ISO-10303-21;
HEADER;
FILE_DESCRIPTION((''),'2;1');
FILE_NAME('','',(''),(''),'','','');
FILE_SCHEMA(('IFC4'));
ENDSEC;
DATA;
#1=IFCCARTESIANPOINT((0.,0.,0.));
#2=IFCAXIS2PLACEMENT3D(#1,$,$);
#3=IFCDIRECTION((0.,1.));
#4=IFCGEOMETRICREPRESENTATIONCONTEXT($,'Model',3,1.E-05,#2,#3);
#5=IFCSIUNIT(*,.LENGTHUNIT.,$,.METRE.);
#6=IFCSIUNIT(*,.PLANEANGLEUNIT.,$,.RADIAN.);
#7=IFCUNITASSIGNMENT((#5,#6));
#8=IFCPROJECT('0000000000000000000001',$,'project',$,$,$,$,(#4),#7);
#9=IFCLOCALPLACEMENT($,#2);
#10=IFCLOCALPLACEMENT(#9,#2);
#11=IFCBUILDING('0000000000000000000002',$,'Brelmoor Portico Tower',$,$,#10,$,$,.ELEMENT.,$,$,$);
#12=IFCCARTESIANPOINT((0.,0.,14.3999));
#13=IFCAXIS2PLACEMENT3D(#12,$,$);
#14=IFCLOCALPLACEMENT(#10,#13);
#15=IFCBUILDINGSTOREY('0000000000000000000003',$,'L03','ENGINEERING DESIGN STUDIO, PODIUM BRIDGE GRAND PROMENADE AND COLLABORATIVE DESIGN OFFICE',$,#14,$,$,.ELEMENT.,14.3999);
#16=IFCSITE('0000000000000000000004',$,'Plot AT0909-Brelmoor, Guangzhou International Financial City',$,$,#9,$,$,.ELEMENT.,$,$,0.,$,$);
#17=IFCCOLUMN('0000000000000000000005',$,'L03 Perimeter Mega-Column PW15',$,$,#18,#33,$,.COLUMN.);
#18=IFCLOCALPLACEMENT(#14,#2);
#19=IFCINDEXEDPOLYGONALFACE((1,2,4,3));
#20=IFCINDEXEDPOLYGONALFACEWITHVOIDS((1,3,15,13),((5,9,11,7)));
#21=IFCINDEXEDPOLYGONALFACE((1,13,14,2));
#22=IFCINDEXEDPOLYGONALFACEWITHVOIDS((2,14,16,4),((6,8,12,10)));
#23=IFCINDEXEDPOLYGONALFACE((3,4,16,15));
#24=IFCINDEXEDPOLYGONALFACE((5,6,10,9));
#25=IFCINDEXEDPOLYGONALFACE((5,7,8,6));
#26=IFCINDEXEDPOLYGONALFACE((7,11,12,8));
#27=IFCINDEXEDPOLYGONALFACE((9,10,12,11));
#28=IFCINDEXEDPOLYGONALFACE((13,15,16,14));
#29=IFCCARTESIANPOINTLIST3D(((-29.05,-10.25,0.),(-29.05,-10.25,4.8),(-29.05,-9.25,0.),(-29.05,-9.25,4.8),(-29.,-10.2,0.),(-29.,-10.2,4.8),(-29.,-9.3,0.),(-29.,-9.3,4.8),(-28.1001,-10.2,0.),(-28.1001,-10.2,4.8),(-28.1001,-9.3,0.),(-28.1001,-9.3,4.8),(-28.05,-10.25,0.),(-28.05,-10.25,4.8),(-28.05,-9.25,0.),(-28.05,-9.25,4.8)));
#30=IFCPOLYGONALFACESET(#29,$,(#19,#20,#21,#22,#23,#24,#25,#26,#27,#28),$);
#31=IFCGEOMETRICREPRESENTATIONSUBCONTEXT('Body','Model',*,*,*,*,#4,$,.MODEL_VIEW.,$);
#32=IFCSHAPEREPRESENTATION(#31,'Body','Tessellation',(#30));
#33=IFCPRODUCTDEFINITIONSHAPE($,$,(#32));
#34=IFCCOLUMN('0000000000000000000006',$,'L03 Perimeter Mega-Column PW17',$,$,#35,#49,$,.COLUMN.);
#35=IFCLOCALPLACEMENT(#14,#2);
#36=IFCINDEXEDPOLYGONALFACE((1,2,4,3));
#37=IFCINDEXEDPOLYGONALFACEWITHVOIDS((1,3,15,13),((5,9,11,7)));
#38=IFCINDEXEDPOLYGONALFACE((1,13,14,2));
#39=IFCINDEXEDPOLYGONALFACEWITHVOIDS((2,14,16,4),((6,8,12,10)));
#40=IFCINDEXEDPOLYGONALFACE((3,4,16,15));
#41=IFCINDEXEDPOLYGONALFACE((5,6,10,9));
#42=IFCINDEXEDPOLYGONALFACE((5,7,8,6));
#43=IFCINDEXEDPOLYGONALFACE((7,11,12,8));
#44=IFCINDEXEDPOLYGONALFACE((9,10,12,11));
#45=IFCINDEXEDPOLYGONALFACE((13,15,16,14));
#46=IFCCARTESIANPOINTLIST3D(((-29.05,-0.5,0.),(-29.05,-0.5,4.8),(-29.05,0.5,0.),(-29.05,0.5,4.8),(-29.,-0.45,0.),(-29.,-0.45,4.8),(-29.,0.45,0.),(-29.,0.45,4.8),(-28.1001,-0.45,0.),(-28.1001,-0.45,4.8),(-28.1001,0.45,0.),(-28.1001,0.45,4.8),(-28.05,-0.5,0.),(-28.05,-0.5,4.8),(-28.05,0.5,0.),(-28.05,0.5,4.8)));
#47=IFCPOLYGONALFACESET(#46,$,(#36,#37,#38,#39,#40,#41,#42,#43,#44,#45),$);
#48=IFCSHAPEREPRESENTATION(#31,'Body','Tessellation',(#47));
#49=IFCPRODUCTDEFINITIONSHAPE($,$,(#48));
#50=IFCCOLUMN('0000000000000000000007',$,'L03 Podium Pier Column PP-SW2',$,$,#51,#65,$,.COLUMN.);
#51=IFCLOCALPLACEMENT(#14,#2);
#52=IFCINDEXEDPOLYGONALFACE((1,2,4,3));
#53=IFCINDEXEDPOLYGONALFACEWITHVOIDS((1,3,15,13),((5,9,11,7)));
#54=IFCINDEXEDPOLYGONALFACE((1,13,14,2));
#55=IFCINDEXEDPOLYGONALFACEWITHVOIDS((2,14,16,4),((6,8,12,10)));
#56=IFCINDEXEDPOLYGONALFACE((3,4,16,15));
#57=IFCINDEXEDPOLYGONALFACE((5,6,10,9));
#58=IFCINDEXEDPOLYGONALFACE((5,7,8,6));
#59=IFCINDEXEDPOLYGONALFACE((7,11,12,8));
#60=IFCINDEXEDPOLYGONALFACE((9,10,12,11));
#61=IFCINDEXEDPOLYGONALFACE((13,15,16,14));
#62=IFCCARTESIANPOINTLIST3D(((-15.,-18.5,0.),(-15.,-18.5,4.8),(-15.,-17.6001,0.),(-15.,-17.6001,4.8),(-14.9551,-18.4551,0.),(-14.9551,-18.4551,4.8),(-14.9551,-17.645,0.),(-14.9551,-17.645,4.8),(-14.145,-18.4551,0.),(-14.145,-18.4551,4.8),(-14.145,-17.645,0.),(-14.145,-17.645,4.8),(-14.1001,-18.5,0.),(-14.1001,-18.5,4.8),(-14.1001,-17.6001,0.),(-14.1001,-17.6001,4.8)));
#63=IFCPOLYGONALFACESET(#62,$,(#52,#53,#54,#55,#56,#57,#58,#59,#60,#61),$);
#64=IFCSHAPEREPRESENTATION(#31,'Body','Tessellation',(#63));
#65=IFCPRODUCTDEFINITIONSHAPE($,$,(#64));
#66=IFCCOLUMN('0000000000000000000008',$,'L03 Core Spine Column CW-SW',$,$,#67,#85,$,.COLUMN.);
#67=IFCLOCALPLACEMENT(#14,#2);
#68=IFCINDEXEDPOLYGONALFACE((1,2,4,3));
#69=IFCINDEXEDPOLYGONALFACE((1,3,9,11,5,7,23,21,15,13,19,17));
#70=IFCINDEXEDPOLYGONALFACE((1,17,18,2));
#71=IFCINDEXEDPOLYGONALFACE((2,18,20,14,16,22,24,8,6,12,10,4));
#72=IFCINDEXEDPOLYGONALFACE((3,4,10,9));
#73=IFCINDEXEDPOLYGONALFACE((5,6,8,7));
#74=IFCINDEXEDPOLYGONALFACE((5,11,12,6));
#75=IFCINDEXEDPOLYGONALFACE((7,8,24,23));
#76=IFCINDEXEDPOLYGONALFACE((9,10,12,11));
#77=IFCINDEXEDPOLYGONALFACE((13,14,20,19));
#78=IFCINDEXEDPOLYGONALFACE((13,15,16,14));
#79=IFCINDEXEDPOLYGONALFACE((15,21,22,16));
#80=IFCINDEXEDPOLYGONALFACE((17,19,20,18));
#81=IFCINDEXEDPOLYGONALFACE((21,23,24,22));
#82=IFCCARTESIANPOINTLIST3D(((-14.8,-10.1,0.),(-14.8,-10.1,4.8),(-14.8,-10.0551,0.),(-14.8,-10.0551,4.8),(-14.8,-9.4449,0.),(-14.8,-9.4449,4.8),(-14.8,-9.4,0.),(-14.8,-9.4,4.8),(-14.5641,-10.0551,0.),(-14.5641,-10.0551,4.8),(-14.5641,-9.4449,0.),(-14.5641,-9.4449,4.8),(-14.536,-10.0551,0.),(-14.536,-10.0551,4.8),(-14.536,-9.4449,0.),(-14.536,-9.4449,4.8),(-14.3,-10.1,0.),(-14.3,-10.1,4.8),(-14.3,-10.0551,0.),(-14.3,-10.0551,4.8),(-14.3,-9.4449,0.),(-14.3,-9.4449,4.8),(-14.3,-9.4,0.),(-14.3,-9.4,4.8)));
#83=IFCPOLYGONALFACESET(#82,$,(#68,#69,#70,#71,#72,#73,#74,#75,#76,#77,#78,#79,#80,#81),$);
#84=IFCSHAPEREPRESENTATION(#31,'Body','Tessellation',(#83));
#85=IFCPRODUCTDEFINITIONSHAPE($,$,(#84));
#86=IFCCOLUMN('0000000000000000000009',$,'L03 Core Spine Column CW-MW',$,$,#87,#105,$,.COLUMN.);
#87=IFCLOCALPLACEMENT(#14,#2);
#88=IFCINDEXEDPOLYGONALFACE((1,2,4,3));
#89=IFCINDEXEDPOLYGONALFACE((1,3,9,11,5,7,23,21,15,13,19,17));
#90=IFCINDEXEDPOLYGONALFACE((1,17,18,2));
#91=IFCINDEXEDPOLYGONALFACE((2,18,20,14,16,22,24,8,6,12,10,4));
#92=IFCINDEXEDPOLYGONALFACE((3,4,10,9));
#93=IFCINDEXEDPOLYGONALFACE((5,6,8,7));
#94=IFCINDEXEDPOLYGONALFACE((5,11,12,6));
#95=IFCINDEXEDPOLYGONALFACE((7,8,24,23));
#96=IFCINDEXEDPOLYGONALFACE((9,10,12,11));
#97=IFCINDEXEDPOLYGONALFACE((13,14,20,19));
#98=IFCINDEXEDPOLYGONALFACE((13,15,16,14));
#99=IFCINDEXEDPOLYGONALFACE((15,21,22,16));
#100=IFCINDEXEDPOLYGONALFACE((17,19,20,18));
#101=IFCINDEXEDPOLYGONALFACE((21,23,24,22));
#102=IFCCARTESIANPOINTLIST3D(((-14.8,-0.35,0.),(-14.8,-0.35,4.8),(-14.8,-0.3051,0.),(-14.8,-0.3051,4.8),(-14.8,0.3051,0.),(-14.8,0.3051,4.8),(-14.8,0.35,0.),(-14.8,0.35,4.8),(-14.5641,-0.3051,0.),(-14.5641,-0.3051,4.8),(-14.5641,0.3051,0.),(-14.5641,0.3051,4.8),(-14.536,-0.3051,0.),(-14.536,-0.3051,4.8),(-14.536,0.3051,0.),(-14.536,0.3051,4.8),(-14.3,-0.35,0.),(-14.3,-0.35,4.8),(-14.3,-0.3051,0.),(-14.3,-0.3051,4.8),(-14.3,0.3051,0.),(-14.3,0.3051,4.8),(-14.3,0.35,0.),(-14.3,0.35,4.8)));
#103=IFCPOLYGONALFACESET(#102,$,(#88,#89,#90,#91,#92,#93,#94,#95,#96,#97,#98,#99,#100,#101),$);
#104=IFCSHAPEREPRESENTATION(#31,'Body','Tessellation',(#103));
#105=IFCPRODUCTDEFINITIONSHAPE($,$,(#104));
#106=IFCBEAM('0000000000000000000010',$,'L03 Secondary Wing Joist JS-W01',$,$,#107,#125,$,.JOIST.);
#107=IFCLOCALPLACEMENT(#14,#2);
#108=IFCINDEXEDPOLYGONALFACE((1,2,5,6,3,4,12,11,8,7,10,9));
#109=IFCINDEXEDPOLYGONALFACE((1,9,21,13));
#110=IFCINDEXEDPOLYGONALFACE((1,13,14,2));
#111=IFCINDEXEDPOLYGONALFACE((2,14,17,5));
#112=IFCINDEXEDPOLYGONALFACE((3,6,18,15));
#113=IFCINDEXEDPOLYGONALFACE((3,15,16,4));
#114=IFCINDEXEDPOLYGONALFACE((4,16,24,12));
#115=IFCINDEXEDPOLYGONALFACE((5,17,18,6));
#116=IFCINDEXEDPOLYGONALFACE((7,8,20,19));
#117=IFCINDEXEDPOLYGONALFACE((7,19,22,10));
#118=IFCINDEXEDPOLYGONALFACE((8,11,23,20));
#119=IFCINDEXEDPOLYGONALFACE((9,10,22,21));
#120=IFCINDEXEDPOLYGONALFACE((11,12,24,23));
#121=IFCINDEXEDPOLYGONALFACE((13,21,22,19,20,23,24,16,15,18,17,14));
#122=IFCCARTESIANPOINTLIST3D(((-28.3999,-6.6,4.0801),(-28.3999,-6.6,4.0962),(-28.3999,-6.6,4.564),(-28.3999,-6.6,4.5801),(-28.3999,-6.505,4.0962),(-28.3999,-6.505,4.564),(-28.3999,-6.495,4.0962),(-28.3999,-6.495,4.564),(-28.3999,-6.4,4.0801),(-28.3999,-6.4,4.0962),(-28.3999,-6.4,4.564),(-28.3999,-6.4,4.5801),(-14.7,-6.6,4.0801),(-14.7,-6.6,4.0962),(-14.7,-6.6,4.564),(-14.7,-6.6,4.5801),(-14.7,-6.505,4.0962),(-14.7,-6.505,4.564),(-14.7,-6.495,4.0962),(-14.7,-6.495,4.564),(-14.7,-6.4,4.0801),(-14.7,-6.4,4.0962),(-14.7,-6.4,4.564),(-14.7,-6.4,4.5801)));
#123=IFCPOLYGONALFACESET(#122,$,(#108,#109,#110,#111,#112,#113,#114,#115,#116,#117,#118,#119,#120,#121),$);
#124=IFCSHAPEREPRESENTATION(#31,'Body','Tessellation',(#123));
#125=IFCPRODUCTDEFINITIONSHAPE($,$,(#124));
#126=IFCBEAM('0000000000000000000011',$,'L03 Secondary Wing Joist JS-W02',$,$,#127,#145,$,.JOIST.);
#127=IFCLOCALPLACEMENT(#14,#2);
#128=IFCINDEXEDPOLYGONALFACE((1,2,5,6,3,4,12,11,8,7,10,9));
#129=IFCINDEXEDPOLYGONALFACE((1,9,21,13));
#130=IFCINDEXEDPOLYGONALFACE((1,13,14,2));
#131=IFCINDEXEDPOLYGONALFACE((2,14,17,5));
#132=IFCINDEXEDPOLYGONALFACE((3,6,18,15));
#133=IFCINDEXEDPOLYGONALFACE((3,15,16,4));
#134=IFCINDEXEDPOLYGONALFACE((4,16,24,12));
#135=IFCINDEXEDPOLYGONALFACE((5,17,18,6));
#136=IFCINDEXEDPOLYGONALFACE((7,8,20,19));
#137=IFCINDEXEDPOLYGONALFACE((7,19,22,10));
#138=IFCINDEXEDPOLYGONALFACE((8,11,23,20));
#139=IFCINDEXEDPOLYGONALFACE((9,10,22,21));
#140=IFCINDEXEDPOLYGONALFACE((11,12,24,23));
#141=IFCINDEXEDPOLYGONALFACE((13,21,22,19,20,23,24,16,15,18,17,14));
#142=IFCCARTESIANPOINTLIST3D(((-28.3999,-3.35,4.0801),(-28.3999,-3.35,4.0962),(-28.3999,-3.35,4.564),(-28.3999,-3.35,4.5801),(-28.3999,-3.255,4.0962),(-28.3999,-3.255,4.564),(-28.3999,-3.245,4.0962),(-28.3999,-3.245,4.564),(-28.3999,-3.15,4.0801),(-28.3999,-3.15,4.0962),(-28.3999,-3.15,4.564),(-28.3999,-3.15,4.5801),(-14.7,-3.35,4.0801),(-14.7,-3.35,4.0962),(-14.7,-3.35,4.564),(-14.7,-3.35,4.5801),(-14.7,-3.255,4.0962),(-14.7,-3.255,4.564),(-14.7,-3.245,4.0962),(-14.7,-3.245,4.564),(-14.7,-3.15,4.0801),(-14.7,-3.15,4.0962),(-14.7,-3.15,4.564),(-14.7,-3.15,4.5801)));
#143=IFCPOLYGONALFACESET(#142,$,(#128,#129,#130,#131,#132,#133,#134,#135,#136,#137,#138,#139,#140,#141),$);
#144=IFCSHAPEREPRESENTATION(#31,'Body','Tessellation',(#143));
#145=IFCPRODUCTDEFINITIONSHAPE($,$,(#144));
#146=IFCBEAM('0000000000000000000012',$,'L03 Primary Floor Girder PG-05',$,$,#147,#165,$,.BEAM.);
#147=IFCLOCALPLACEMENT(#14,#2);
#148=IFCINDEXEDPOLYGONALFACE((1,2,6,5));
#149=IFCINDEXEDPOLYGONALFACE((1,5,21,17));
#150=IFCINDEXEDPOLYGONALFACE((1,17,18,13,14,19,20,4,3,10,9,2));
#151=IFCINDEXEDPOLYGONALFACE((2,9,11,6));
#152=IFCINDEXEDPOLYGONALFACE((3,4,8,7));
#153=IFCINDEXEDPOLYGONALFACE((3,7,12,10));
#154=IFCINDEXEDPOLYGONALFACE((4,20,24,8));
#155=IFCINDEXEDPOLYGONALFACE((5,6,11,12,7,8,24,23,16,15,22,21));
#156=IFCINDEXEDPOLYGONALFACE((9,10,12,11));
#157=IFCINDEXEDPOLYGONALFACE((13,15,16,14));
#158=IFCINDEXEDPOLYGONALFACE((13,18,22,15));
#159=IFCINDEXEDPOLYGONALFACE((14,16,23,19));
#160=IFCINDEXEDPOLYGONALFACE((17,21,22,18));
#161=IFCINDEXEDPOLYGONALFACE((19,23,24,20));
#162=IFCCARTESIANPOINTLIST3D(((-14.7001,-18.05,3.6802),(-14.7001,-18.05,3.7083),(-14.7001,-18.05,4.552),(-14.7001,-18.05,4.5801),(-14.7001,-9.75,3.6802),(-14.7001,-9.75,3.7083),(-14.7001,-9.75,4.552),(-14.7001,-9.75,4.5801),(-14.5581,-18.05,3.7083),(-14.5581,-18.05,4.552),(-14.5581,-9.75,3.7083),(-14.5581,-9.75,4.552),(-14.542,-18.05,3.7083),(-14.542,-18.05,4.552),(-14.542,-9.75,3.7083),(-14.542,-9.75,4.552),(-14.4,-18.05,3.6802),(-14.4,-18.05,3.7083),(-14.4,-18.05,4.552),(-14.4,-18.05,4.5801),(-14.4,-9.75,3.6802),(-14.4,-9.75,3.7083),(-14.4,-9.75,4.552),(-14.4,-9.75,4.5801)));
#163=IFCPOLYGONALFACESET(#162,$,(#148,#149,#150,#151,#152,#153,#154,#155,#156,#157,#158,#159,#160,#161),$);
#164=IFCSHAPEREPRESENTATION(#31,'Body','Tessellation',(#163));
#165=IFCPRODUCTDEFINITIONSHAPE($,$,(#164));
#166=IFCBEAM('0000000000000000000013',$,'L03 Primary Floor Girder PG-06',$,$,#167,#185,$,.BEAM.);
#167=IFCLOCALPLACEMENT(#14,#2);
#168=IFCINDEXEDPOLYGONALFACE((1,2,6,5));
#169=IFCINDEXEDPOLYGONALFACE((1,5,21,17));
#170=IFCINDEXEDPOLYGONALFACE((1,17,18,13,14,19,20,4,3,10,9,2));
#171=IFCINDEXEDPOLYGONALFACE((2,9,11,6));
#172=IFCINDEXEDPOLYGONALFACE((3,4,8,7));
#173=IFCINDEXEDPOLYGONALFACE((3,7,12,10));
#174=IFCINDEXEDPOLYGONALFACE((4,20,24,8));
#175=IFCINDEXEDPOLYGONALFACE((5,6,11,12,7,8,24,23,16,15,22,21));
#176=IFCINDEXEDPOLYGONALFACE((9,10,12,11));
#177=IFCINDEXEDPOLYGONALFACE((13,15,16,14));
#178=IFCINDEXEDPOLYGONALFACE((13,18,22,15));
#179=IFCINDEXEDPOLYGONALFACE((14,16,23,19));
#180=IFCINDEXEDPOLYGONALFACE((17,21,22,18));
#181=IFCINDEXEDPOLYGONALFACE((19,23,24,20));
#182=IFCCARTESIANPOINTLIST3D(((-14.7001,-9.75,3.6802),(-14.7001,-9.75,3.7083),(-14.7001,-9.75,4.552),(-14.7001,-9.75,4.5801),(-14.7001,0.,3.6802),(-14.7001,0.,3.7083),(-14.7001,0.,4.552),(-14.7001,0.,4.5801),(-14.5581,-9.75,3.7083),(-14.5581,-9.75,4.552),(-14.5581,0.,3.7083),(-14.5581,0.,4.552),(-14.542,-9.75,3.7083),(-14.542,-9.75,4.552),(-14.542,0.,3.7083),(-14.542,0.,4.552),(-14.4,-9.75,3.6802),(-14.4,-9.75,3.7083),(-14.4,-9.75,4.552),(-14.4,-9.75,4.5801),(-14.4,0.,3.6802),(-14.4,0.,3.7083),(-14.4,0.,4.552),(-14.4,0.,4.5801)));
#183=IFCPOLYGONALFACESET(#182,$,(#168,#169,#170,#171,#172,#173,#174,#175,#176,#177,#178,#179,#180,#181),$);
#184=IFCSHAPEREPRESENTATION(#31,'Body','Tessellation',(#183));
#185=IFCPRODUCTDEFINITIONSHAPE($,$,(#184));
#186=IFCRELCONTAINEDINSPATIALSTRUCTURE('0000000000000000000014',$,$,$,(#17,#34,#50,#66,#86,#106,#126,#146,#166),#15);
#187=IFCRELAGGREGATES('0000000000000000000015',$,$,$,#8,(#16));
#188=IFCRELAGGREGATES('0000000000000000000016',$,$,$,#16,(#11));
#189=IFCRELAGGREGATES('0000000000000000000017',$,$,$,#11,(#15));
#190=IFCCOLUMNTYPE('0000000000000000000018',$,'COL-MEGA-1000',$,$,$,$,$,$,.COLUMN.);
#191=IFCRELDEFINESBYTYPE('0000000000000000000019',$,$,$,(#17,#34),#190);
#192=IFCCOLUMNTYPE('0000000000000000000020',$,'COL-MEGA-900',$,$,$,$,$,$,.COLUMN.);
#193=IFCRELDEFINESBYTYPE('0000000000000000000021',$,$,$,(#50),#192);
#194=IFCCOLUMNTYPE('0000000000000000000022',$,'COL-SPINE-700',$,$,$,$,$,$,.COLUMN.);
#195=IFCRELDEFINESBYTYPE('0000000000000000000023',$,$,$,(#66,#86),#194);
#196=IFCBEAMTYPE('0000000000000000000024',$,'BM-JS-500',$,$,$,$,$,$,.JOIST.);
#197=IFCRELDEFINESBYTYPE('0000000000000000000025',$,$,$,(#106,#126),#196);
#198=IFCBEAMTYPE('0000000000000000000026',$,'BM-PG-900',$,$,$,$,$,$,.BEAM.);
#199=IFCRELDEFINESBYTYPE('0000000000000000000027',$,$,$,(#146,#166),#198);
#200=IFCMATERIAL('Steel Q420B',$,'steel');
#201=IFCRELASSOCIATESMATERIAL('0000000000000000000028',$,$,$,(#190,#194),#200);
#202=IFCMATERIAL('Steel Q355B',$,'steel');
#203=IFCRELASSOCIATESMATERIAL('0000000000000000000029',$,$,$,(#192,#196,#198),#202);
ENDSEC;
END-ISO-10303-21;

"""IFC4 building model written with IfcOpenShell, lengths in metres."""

from ifc_helpers import new_model, si_unit, direction, frame, origin, origin_2d, place, context, subcontext, project, spatial, hollow_rectangle, i_section, extrude, material, material_profile, profile_set, type_object, element, save


model = new_model("IFC4")

# Units and contexts
model_context = context("Model", 3, precision=1e-05, world=origin(), true_north=direction((0.0, 1.0)))
body_context = subcontext(model_context, "Body", "Model", "MODEL_VIEW")
ifc_project = project(units=[si_unit("LENGTHUNIT", "METRE"), si_unit("PLANEANGLEUNIT", "RADIAN")], contexts=[model_context])

# Site, building, storey
site_placement = place(None, origin())
site = spatial("IfcSite", under=ifc_project, at=site_placement, Name="Plot AT0909-Brelmoor, Guangzhou International Financial City", CompositionType="ELEMENT", RefElevation=0.0)
building_placement = place(site_placement, origin())
building = spatial("IfcBuilding", under=site, at=building_placement, Name="Brelmoor Portico Tower", CompositionType="ELEMENT")
storey_placement = place(building_placement, frame((0.0, 0.0, 14.3999)))
storey = spatial("IfcBuildingStorey", under=building, at=storey_placement, Name="L03", Description="ENGINEERING DESIGN STUDIO, PODIUM BRIDGE GRAND PROMENADE AND COLLABORATIVE DESIGN OFFICE", CompositionType="ELEMENT", Elevation=14.3999)

# Columns
ifc_material_1 = material(Name="Steel Q420B", Category="steel")
ifc_material_profile_1 = material_profile(ifc_material_1, hollow_rectangle(XDim=1.0, YDim=1.0, WallThickness=0.05, at=origin_2d()), Name="BOX 1000x1000x50")
ifc_profile_set_1 = profile_set([ifc_material_profile_1], Name="Steel Q420B")
column_type_1 = type_object("IfcColumnType", Name="COL-MEGA-1000", PredefinedType="COLUMN", material=ifc_profile_set_1)
for number, where, z_axis, x_axis, name in (
    (1, (-28.55, -9.75, 0.0), (0.0, 0.0, 1.0), (0.0, 1.0, 0.0), "L03 Perimeter Mega-Column PW15"),
    (2, (-28.55, 0.0, 0.0), (0.0, 0.0, 1.0), (0.0, 1.0, 0.0), "L03 Perimeter Mega-Column PW17"),
):
    element("IfcColumn", number, at=place(storey_placement, frame(where, z_axis=z_axis, x_axis=x_axis)), inside=storey, type_object=column_type_1, Name=name, PredefinedType="COLUMN", context=body_context, shape_type="SweptSolid", body=[
        extrude(hollow_rectangle(XDim=1.0, YDim=1.0, WallThickness=0.05, at=origin_2d()), origin(), (0.0, 0.0, 1.0), 4.8),
    ])
ifc_material_2 = material(Name="Steel Q355B", Category="steel")
ifc_material_profile_2 = material_profile(ifc_material_2, hollow_rectangle(XDim=0.8999, YDim=0.8999, WallThickness=0.0449, at=origin_2d()), Name="BOX 900x900x45")
ifc_profile_set_2 = profile_set([ifc_material_profile_2], Name="Steel Q355B")
column_type_2 = type_object("IfcColumnType", Name="COL-MEGA-900", PredefinedType="COLUMN", material=ifc_profile_set_2)
column_placement = place(storey_placement, frame((-14.55, -18.05, 0.0), z_axis=(0.0, 0.0, 1.0), x_axis=(1.0, 0.0, 0.0)))
element("IfcColumn", 3, at=column_placement, inside=storey, type_object=column_type_2, Name="L03 Podium Pier Column PP-SW2", PredefinedType="COLUMN", context=body_context, shape_type="SweptSolid", body=[
    extrude(hollow_rectangle(XDim=0.8999, YDim=0.8999, WallThickness=0.0449, at=origin_2d()), origin(), (0.0, 0.0, 1.0), 4.8),
])
ifc_material_profile_3 = material_profile(ifc_material_1, i_section(OverallWidth=0.5, OverallDepth=0.7, WebThickness=0.0281, FlangeThickness=0.0449, at=origin_2d()), Name="HW 700x500x28x45")
ifc_profile_set_3 = profile_set([ifc_material_profile_3], Name="Steel Q420B")
column_type_3 = type_object("IfcColumnType", Name="COL-SPINE-700", PredefinedType="COLUMN", material=ifc_profile_set_3)
for number, where, z_axis, x_axis, name in (
    (4, (-14.55, -9.75, 0.0), (0.0, 0.0, 1.0), (1.0, 0.0, 0.0), "L03 Core Spine Column CW-SW"),
    (5, (-14.55, 0.0, 0.0), (0.0, 0.0, 1.0), (1.0, 0.0, 0.0), "L03 Core Spine Column CW-MW"),
):
    element("IfcColumn", number, at=place(storey_placement, frame(where, z_axis=z_axis, x_axis=x_axis)), inside=storey, type_object=column_type_3, Name=name, PredefinedType="COLUMN", context=body_context, shape_type="SweptSolid", body=[
        extrude(i_section(OverallWidth=0.5, OverallDepth=0.7, WebThickness=0.0281, FlangeThickness=0.0449, at=origin_2d()), origin(), (0.0, 0.0, 1.0), 4.8),
    ])

# Beams
ifc_material_profile_4 = material_profile(ifc_material_2, i_section(OverallWidth=0.2, OverallDepth=0.5, WebThickness=0.01, FlangeThickness=0.0161, at=origin_2d()), Name="HN 500x200x10x16")
ifc_profile_set_4 = profile_set([ifc_material_profile_4], Name="Steel Q355B")
beam_type_1 = type_object("IfcBeamType", Name="BM-JS-500", PredefinedType="JOIST", material=ifc_profile_set_4)
for number, where, z_axis, x_axis, name in (
    (6, (-28.3999, -6.5, 4.3301), (1.0, 0.0, 0.0), (0.0, 1.0, 0.0), "L03 Secondary Wing Joist JS-W01"),
    (7, (-28.3999, -3.25, 4.3301), (1.0, 0.0, 0.0), (0.0, 1.0, 0.0), "L03 Secondary Wing Joist JS-W02"),
):
    element("IfcBeam", number, at=place(storey_placement, frame(where, z_axis=z_axis, x_axis=x_axis)), inside=storey, type_object=beam_type_1, Name=name, PredefinedType="JOIST", context=body_context, shape_type="SweptSolid", body=[
        extrude(i_section(OverallWidth=0.2, OverallDepth=0.5, WebThickness=0.01, FlangeThickness=0.0161, at=origin_2d()), origin(), (0.0, 0.0, 1.0), 13.7),
    ])
ifc_material_profile_5 = material_profile(ifc_material_2, i_section(OverallWidth=0.3, OverallDepth=0.8999, WebThickness=0.0161, FlangeThickness=0.0281, at=origin_2d()), Name="HN 900x300x16x28")
ifc_profile_set_5 = profile_set([ifc_material_profile_5], Name="Steel Q355B")
beam_type_2 = type_object("IfcBeamType", Name="BM-PG-900", PredefinedType="BEAM", material=ifc_profile_set_5)
beam_1_placement = place(storey_placement, frame((-14.55, -18.05, 4.1301), z_axis=(0.0, 1.0, 0.0), x_axis=(-1.0, 0.0, 0.0)))
element("IfcBeam", 8, at=beam_1_placement, inside=storey, type_object=beam_type_2, Name="L03 Primary Floor Girder PG-05", PredefinedType="BEAM", context=body_context, shape_type="SweptSolid", body=[
    extrude(i_section(OverallWidth=0.3, OverallDepth=0.8999, WebThickness=0.0161, FlangeThickness=0.0281, at=origin_2d()), origin(), (0.0, 0.0, 1.0), 8.3),
])
for number, where, z_axis, x_axis, name in (
    (9, (-14.55, -9.75, 4.1301), (0.0, 1.0, 0.0), (-1.0, 0.0, 0.0), "L03 Primary Floor Girder PG-06"),
):
    element("IfcBeam", number, at=place(storey_placement, frame(where, z_axis=z_axis, x_axis=x_axis)), inside=storey, type_object=beam_type_2, Name=name, PredefinedType="BEAM", context=body_context, shape_type="SweptSolid", body=[
        extrude(i_section(OverallWidth=0.3, OverallDepth=0.8999, WebThickness=0.0161, FlangeThickness=0.0281, at=origin_2d()), origin(), (0.0, 0.0, 1.0), 9.75),
    ])

save(model, "model.ifc")
